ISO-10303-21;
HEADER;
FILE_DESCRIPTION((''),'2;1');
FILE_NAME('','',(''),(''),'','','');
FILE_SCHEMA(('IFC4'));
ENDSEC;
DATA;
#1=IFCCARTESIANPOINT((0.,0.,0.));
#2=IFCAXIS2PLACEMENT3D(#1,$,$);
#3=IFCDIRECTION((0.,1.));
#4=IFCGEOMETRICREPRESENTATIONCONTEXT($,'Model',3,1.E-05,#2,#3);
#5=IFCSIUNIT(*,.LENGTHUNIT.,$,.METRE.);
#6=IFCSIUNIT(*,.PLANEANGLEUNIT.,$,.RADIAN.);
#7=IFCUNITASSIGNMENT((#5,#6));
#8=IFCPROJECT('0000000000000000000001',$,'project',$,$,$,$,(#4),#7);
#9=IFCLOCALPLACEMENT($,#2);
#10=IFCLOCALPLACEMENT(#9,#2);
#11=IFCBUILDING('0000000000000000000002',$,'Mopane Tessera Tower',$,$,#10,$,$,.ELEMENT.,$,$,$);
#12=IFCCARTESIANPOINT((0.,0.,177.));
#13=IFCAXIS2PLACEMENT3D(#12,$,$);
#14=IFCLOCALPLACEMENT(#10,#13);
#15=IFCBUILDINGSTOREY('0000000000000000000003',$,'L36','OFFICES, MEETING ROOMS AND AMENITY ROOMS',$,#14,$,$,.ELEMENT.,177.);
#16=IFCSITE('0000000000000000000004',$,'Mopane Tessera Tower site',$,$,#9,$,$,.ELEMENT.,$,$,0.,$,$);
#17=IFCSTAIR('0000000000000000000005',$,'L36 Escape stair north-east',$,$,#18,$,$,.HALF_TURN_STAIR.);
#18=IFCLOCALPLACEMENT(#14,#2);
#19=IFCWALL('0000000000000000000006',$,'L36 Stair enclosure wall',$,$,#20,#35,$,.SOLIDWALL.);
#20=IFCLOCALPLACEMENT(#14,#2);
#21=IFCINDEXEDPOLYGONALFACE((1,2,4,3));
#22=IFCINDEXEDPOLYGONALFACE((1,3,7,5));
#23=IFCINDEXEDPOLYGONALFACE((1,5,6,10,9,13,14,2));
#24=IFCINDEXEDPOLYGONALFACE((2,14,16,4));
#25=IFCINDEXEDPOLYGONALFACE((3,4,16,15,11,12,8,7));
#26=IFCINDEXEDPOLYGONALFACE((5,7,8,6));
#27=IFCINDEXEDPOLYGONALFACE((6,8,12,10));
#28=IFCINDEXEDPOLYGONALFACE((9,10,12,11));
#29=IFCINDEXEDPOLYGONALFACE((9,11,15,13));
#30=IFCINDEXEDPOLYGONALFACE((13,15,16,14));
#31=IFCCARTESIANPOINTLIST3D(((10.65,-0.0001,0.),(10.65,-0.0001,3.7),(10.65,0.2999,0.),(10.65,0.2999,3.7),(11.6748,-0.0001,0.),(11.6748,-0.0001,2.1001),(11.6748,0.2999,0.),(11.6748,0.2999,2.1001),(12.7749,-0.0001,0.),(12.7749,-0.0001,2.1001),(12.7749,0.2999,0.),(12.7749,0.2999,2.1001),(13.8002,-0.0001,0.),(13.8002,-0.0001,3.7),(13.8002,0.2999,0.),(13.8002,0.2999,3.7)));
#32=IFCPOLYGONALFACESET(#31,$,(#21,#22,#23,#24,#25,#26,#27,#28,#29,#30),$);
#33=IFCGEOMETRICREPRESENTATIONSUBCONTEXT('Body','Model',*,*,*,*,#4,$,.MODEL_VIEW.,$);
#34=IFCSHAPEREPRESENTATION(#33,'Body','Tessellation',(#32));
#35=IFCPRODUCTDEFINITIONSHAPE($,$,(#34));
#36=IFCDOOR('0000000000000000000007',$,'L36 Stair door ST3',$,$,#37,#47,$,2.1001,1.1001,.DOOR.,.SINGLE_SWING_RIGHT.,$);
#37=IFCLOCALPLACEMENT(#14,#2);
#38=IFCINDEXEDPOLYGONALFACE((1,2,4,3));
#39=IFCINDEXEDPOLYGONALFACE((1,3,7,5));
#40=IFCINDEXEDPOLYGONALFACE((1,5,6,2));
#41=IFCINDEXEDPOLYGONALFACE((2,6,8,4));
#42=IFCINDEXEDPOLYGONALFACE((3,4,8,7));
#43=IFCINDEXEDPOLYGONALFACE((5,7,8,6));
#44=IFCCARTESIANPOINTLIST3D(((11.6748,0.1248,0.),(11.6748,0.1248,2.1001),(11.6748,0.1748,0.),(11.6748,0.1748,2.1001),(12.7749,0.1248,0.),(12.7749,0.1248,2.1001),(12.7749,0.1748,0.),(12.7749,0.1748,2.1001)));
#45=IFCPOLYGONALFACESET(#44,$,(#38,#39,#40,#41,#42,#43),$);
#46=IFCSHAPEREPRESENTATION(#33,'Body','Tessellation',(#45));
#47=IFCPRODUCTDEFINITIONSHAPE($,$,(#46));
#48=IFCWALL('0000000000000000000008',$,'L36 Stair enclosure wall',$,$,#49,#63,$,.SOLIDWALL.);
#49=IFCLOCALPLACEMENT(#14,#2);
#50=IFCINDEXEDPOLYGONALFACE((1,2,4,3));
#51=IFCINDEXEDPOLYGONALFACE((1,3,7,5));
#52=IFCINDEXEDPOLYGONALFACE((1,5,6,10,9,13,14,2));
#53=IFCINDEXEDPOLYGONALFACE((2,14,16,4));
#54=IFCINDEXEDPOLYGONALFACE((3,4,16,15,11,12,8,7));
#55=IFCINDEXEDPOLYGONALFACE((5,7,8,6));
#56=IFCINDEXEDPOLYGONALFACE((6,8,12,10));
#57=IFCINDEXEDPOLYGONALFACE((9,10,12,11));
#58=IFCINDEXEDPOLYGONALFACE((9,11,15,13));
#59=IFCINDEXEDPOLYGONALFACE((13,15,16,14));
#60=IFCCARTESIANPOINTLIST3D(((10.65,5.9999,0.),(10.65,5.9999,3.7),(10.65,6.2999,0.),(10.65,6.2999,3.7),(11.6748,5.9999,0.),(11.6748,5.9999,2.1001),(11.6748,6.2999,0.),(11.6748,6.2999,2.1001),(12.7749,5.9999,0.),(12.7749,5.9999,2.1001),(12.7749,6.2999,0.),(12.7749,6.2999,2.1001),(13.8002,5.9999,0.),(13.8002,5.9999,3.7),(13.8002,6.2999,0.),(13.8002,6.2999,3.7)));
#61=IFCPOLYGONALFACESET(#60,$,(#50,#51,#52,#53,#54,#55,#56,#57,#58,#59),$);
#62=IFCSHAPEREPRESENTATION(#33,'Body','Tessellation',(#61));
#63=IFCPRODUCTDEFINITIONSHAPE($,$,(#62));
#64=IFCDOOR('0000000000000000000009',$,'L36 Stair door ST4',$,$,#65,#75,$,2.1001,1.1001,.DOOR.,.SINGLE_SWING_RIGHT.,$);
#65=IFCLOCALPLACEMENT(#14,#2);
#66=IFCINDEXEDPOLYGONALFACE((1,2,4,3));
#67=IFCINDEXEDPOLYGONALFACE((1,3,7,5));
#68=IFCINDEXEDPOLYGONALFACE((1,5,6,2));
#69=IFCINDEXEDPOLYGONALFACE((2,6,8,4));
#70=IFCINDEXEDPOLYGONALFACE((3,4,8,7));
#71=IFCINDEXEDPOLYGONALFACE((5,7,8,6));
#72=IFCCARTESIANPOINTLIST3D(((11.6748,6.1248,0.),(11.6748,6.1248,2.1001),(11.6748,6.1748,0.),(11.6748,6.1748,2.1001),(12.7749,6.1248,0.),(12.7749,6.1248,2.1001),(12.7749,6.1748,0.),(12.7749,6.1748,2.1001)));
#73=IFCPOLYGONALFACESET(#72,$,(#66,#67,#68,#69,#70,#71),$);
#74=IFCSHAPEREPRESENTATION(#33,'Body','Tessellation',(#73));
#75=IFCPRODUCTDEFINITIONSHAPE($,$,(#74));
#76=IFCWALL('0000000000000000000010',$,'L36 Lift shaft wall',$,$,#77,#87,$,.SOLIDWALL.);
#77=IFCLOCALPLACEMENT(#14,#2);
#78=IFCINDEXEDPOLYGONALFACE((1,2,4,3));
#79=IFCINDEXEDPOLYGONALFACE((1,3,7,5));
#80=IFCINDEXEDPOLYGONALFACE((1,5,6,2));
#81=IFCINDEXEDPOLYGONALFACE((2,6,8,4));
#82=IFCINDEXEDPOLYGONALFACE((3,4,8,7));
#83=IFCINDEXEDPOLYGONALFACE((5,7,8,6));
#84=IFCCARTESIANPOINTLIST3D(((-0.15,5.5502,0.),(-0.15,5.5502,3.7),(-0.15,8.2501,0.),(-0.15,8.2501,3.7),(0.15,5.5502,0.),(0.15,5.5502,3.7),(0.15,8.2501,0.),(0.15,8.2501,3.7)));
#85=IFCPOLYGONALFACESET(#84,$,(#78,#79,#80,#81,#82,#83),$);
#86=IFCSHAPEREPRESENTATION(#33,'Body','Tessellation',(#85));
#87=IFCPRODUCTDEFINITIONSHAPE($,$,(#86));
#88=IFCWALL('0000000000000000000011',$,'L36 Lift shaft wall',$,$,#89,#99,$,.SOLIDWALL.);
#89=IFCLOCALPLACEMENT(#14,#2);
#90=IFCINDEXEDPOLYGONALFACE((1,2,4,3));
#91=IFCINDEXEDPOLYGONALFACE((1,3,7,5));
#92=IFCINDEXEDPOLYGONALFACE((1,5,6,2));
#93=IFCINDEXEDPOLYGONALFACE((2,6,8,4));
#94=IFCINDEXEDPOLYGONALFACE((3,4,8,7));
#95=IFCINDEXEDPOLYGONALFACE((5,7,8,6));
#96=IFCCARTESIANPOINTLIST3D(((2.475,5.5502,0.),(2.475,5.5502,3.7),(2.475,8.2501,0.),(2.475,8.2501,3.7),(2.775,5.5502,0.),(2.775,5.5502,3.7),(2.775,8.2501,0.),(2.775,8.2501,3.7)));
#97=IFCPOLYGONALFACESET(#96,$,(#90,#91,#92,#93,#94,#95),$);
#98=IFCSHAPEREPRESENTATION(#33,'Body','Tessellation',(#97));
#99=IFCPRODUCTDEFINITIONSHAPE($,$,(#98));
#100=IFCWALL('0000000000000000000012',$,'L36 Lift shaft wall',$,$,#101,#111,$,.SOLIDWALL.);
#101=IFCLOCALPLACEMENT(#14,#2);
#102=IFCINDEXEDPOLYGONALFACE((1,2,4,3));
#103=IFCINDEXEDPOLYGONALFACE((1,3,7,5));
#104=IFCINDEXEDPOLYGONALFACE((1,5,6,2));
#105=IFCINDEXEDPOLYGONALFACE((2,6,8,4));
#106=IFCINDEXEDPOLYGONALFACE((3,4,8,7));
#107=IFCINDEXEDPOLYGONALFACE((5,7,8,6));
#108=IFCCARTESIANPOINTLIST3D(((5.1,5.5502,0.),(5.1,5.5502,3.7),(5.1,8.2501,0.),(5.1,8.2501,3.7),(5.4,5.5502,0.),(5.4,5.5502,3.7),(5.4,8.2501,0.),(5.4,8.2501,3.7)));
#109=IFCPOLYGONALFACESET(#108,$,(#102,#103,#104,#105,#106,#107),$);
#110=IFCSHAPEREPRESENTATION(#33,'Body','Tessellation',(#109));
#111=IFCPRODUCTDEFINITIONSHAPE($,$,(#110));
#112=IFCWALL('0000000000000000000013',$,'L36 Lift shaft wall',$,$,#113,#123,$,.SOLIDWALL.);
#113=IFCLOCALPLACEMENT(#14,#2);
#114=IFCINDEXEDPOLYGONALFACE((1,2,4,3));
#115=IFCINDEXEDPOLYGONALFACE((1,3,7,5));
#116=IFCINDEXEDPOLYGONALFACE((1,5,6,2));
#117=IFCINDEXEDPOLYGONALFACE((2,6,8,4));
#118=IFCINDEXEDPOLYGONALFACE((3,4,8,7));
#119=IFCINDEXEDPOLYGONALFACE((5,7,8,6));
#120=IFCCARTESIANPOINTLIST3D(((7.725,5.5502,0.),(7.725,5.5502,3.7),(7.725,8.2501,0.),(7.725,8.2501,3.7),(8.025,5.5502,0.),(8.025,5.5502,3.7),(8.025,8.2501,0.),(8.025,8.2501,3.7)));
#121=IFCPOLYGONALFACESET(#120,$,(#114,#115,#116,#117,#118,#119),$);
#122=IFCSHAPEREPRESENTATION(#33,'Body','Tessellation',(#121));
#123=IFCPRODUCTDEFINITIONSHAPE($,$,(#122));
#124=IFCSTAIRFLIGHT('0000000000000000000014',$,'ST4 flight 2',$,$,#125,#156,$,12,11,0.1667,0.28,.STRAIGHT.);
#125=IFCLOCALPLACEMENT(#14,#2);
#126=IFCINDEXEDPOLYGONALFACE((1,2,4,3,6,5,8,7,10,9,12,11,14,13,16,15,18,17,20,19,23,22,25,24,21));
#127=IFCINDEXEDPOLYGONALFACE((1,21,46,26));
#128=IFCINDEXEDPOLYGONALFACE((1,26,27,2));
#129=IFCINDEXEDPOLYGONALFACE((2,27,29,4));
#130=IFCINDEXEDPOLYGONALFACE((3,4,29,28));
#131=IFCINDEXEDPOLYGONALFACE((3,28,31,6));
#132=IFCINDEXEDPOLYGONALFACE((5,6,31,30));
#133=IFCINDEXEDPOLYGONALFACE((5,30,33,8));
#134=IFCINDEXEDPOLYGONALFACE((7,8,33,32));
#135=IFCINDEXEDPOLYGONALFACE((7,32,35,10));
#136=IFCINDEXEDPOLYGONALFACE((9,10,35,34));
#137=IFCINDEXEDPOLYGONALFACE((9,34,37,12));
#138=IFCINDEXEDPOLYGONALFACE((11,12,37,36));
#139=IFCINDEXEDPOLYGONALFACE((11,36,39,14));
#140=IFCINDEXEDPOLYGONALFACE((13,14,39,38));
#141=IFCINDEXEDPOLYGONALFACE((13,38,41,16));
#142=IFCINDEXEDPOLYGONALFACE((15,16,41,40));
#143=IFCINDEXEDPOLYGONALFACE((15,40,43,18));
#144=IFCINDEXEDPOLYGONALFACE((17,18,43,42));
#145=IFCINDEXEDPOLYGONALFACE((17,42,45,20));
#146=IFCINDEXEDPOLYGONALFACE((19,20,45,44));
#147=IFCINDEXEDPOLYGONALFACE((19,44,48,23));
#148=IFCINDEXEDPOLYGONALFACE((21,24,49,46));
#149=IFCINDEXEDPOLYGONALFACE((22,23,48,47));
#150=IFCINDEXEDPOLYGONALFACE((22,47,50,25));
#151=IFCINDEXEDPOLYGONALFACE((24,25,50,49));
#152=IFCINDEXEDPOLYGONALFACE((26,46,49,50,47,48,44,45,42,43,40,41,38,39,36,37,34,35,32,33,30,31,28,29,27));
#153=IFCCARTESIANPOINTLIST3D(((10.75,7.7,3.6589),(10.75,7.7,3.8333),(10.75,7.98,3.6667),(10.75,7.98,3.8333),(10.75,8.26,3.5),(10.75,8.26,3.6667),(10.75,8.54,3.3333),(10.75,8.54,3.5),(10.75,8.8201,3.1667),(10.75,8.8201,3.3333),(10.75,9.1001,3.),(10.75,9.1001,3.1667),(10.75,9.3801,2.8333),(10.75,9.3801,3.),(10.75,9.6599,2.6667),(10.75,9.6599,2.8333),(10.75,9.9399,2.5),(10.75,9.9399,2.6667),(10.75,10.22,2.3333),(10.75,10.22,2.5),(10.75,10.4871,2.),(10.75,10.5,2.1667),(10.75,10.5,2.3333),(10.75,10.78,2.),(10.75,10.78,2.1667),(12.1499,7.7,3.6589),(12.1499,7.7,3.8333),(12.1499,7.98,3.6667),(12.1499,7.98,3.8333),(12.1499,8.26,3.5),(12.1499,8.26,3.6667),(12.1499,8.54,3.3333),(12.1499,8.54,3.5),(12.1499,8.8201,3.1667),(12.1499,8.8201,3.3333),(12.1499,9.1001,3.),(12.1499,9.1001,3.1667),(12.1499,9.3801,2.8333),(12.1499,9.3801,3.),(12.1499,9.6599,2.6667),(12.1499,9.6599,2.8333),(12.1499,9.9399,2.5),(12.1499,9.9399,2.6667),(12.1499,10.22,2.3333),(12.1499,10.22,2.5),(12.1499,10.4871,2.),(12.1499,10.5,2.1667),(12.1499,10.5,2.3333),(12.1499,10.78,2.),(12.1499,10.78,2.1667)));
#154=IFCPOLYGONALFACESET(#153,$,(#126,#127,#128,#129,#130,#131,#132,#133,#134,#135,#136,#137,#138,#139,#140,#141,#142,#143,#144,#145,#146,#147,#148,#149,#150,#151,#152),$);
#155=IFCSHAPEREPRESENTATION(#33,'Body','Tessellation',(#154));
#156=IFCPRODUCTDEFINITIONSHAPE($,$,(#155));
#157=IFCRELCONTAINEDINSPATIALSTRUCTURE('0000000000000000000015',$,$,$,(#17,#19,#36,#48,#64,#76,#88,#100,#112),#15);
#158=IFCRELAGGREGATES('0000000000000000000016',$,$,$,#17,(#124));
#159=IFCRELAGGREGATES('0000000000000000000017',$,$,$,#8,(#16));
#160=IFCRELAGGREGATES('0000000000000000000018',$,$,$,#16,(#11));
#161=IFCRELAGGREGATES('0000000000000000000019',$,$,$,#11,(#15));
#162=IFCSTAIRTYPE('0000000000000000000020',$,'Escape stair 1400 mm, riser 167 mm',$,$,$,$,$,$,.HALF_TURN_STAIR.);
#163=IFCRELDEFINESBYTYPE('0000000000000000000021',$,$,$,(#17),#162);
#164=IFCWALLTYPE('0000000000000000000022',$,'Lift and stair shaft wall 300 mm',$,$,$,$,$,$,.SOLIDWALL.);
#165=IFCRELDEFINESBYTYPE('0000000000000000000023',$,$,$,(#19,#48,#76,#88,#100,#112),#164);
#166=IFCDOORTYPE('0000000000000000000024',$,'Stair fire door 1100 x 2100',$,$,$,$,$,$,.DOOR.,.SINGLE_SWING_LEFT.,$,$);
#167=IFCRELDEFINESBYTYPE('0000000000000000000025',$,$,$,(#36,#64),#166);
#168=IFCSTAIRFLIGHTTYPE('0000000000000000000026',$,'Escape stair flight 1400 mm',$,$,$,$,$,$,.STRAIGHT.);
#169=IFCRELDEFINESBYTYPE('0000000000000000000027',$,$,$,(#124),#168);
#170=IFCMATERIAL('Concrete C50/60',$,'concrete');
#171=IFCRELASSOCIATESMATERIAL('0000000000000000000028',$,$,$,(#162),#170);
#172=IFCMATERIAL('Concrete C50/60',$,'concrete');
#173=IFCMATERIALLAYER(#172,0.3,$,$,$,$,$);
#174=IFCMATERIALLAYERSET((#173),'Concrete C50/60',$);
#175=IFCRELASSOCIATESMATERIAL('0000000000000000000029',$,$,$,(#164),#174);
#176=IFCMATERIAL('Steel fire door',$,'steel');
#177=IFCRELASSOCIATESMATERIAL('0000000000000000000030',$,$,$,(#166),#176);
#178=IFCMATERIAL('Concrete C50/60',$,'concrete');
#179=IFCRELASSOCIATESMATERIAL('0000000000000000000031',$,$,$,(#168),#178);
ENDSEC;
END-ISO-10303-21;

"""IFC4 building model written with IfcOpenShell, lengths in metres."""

from ifc_helpers import new_model, si_unit, direction, frame, frame_2d, origin, place, context, subcontext, project, spatial, polyline, rectangle, outline, extrude, material, layer, layer_set, type_object, element, fill, aggregate, save


model = new_model("IFC4")

# Units and contexts
model_context = context("Model", 3, precision=1e-05, world=origin(), true_north=direction((0.0, 1.0)))
body_context = subcontext(model_context, "Body", "Model", "MODEL_VIEW")
ifc_project = project(units=[si_unit("LENGTHUNIT", "METRE"), si_unit("PLANEANGLEUNIT", "RADIAN")], contexts=[model_context])

# Site, building, storey
site_placement = place(None, origin())
site = spatial("IfcSite", under=ifc_project, at=site_placement, Name="Mopane Tessera Tower site", CompositionType="ELEMENT", RefElevation=0.0)
building_placement = place(site_placement, origin())
building = spatial("IfcBuilding", under=site, at=building_placement, Name="Mopane Tessera Tower", CompositionType="ELEMENT")
storey_placement = place(building_placement, frame((0.0, 0.0, 177.0)))
storey = spatial("IfcBuildingStorey", under=building, at=storey_placement, Name="L36", Description="OFFICES, MEETING ROOMS AND AMENITY ROOMS", CompositionType="ELEMENT", Elevation=177.0)

# Stair
ifc_material_1 = material(Name="Concrete C50/60", Category="concrete")
stair_type = type_object("IfcStairType", Name="Escape stair 1400 mm, riser 167 mm", PredefinedType="HALF_TURN_STAIR", material=ifc_material_1)
stair_1_placement = place(storey_placement, origin())
stair_1 = element("IfcStair", 1, at=stair_1_placement, inside=storey, type_object=stair_type, Name="L36 Escape stair north-east", PredefinedType="HALF_TURN_STAIR")

# Walls, openings, doors
ifc_material_2 = material(Name="Concrete C50/60", Category="concrete")
ifc_layer_1 = layer(ifc_material_2, 0.3)
ifc_layer_set_1 = layer_set([ifc_layer_1], Name="Concrete C50/60")
wall_type_1 = type_object("IfcWallType", Name="Lift and stair shaft wall 300 mm", PredefinedType="SOLIDWALL", material=ifc_layer_set_1)
wall_1_placement = place(storey_placement, frame((10.6499, 0.1499, 0.0), z_axis=(0.0, 0.0, 1.0), x_axis=(1.0, 0.0, 0.0)))
wall_1 = element("IfcWall", 2, at=wall_1_placement, inside=storey, type_object=wall_type_1, Name="L36 Stair enclosure wall", PredefinedType="SOLIDWALL", context=body_context, shape_type="SweptSolid", body=[
    extrude(rectangle(XDim=3.1501, YDim=0.3, at=frame_2d((1.5752, 0.0))), origin(), (0.0, 0.0, 1.0), 3.7),
])
opening_1_placement = place(wall_1_placement, frame((1.0249, 0.0, 0.0)))
opening_1 = element("IfcOpeningElement", 3, at=opening_1_placement, cuts=wall_1, PredefinedType="OPENING", context=body_context, shape_type="SweptSolid", body=[
    extrude(rectangle(XDim=1.1001, YDim=2.1001, at=frame_2d((0.55, 1.05))), frame((0.0, 0.1621, 0.0), z_axis=(0.0, -1.0, 0.0), x_axis=(1.0, 0.0, 0.0)), (0.0, 0.0, 1.0), 0.324),
])
ifc_material_3 = material(Name="Steel fire door", Category="steel")
door_type = type_object("IfcDoorType", Name="Stair fire door 1100 x 2100", OperationType="SINGLE_SWING_LEFT", PredefinedType="DOOR", material=ifc_material_3)
door_1_placement = place(opening_1_placement, origin())
door_1 = element("IfcDoor", 4, at=door_1_placement, inside=storey, type_object=door_type, Name="L36 Stair door ST3", OperationType="SINGLE_SWING_RIGHT", OverallHeight=2.1001, OverallWidth=1.1001, PredefinedType="DOOR", context=body_context, shape_type="SweptSolid", body=[
    extrude(rectangle(XDim=1.1001, YDim=2.1001, at=frame_2d((0.55, 1.05))), frame((0.0, 0.0249, 0.0), z_axis=(0.0, -1.0, 0.0), x_axis=(1.0, 0.0, 0.0)), (0.0, 0.0, 1.0), 0.05),
])
fill(opening_1, door_1)
wall_2_placement = place(storey_placement, frame((10.6499, 6.1499, 0.0), z_axis=(0.0, 0.0, 1.0), x_axis=(1.0, 0.0, 0.0)))
wall_2 = element("IfcWall", 5, at=wall_2_placement, inside=storey, type_object=wall_type_1, Name="L36 Stair enclosure wall", PredefinedType="SOLIDWALL", context=body_context, shape_type="SweptSolid", body=[
    extrude(rectangle(XDim=3.1501, YDim=0.3, at=frame_2d((1.5752, 0.0))), origin(), (0.0, 0.0, 1.0), 3.7),
])
opening_2_placement = place(wall_2_placement, frame((1.0249, 0.0, 0.0)))
opening_2 = element("IfcOpeningElement", 6, at=opening_2_placement, cuts=wall_2, PredefinedType="OPENING", context=body_context, shape_type="SweptSolid", body=[
    extrude(rectangle(XDim=1.1001, YDim=2.1001, at=frame_2d((0.55, 1.05))), frame((0.0, 0.1621, 0.0), z_axis=(0.0, -1.0, 0.0), x_axis=(1.0, 0.0, 0.0)), (0.0, 0.0, 1.0), 0.324),
])
door_2_placement = place(opening_2_placement, origin())
door_2 = element("IfcDoor", 7, at=door_2_placement, inside=storey, type_object=door_type, Name="L36 Stair door ST4", OperationType="SINGLE_SWING_RIGHT", OverallHeight=2.1001, OverallWidth=1.1001, PredefinedType="DOOR", context=body_context, shape_type="SweptSolid", body=[
    extrude(rectangle(XDim=1.1001, YDim=2.1001, at=frame_2d((0.55, 1.05))), frame((0.0, 0.0249, 0.0), z_axis=(0.0, -1.0, 0.0), x_axis=(1.0, 0.0, 0.0)), (0.0, 0.0, 1.0), 0.05),
])
fill(opening_2, door_2)

# Walls
for number, where, z_axis, x_axis, name in (
    (8, (0.0, 5.55, 0.0), (0.0, 0.0, 1.0), (0.0, 1.0, 0.0), "L36 Lift shaft wall"),
    (9, (2.625, 5.55, 0.0), (0.0, 0.0, 1.0), (0.0, 1.0, 0.0), "L36 Lift shaft wall"),
    (10, (5.25, 5.55, 0.0), (0.0, 0.0, 1.0), (0.0, 1.0, 0.0), "L36 Lift shaft wall"),
    (11, (7.875, 5.55, 0.0), (0.0, 0.0, 1.0), (0.0, 1.0, 0.0), "L36 Lift shaft wall"),
):
    element("IfcWall", number, at=place(storey_placement, frame(where, z_axis=z_axis, x_axis=x_axis)), inside=storey, type_object=wall_type_1, Name=name, PredefinedType="SOLIDWALL", context=body_context, shape_type="SweptSolid", body=[
        extrude(rectangle(XDim=2.7, YDim=0.3, at=frame_2d((1.3501, 0.0))), origin(), (0.0, 0.0, 1.0), 3.7),
    ])

# Stair flight
ifc_material_4 = material(Name="Concrete C50/60", Category="concrete")
stair_flight_type = type_object("IfcStairFlightType", Name="Escape stair flight 1400 mm", PredefinedType="STRAIGHT", material=ifc_material_4)
stair_flight_placement = place(storey_placement, frame((11.45, 10.78, 2.0), z_axis=(0.0, 0.0, 1.0), x_axis=(0.0, -1.0, 0.0)))
stair_flight = element("IfcStairFlight", 12, at=stair_flight_placement, type_object=stair_flight_type, Name="ST4 flight 2", NumberOfRisers=12, NumberOfTreads=11, PredefinedType="STRAIGHT", RiserHeight=0.1667, TreadLength=0.28, context=body_context, shape_type="SweptSolid", body=[
    extrude(outline(polyline([(0.0, 0.0), (0.0, 0.1667), (0.28, 0.1667), (0.28, 0.3333), (0.5601, 0.3333), (0.5601, 0.5), (0.8401, 0.5), (0.8401, 0.6667), (1.1201, 0.6667), (1.1201, 0.8333), (1.3999, 0.8333), (1.3999, 1.0), (1.6799, 1.0), (1.6799, 1.1667), (1.96, 1.1667), (1.96, 1.3333), (2.24, 1.3333), (2.24, 1.5), (2.52, 1.5), (2.52, 1.6667), (2.8, 1.6667), (2.8, 1.8333), (3.0801, 1.8333), (3.0801, 2.0), (3.0801, 1.6589), (0.293, 0.0), (0.0, 0.0)])), frame((0.0, 0.7, 0.0), z_axis=(0.0, -1.0, 0.0), x_axis=(1.0, 0.0, 0.0)), (0.0, 0.0, 1.0), 1.3999),
])
aggregate(stair_1, [stair_flight])

save(model, "model.ifc")
